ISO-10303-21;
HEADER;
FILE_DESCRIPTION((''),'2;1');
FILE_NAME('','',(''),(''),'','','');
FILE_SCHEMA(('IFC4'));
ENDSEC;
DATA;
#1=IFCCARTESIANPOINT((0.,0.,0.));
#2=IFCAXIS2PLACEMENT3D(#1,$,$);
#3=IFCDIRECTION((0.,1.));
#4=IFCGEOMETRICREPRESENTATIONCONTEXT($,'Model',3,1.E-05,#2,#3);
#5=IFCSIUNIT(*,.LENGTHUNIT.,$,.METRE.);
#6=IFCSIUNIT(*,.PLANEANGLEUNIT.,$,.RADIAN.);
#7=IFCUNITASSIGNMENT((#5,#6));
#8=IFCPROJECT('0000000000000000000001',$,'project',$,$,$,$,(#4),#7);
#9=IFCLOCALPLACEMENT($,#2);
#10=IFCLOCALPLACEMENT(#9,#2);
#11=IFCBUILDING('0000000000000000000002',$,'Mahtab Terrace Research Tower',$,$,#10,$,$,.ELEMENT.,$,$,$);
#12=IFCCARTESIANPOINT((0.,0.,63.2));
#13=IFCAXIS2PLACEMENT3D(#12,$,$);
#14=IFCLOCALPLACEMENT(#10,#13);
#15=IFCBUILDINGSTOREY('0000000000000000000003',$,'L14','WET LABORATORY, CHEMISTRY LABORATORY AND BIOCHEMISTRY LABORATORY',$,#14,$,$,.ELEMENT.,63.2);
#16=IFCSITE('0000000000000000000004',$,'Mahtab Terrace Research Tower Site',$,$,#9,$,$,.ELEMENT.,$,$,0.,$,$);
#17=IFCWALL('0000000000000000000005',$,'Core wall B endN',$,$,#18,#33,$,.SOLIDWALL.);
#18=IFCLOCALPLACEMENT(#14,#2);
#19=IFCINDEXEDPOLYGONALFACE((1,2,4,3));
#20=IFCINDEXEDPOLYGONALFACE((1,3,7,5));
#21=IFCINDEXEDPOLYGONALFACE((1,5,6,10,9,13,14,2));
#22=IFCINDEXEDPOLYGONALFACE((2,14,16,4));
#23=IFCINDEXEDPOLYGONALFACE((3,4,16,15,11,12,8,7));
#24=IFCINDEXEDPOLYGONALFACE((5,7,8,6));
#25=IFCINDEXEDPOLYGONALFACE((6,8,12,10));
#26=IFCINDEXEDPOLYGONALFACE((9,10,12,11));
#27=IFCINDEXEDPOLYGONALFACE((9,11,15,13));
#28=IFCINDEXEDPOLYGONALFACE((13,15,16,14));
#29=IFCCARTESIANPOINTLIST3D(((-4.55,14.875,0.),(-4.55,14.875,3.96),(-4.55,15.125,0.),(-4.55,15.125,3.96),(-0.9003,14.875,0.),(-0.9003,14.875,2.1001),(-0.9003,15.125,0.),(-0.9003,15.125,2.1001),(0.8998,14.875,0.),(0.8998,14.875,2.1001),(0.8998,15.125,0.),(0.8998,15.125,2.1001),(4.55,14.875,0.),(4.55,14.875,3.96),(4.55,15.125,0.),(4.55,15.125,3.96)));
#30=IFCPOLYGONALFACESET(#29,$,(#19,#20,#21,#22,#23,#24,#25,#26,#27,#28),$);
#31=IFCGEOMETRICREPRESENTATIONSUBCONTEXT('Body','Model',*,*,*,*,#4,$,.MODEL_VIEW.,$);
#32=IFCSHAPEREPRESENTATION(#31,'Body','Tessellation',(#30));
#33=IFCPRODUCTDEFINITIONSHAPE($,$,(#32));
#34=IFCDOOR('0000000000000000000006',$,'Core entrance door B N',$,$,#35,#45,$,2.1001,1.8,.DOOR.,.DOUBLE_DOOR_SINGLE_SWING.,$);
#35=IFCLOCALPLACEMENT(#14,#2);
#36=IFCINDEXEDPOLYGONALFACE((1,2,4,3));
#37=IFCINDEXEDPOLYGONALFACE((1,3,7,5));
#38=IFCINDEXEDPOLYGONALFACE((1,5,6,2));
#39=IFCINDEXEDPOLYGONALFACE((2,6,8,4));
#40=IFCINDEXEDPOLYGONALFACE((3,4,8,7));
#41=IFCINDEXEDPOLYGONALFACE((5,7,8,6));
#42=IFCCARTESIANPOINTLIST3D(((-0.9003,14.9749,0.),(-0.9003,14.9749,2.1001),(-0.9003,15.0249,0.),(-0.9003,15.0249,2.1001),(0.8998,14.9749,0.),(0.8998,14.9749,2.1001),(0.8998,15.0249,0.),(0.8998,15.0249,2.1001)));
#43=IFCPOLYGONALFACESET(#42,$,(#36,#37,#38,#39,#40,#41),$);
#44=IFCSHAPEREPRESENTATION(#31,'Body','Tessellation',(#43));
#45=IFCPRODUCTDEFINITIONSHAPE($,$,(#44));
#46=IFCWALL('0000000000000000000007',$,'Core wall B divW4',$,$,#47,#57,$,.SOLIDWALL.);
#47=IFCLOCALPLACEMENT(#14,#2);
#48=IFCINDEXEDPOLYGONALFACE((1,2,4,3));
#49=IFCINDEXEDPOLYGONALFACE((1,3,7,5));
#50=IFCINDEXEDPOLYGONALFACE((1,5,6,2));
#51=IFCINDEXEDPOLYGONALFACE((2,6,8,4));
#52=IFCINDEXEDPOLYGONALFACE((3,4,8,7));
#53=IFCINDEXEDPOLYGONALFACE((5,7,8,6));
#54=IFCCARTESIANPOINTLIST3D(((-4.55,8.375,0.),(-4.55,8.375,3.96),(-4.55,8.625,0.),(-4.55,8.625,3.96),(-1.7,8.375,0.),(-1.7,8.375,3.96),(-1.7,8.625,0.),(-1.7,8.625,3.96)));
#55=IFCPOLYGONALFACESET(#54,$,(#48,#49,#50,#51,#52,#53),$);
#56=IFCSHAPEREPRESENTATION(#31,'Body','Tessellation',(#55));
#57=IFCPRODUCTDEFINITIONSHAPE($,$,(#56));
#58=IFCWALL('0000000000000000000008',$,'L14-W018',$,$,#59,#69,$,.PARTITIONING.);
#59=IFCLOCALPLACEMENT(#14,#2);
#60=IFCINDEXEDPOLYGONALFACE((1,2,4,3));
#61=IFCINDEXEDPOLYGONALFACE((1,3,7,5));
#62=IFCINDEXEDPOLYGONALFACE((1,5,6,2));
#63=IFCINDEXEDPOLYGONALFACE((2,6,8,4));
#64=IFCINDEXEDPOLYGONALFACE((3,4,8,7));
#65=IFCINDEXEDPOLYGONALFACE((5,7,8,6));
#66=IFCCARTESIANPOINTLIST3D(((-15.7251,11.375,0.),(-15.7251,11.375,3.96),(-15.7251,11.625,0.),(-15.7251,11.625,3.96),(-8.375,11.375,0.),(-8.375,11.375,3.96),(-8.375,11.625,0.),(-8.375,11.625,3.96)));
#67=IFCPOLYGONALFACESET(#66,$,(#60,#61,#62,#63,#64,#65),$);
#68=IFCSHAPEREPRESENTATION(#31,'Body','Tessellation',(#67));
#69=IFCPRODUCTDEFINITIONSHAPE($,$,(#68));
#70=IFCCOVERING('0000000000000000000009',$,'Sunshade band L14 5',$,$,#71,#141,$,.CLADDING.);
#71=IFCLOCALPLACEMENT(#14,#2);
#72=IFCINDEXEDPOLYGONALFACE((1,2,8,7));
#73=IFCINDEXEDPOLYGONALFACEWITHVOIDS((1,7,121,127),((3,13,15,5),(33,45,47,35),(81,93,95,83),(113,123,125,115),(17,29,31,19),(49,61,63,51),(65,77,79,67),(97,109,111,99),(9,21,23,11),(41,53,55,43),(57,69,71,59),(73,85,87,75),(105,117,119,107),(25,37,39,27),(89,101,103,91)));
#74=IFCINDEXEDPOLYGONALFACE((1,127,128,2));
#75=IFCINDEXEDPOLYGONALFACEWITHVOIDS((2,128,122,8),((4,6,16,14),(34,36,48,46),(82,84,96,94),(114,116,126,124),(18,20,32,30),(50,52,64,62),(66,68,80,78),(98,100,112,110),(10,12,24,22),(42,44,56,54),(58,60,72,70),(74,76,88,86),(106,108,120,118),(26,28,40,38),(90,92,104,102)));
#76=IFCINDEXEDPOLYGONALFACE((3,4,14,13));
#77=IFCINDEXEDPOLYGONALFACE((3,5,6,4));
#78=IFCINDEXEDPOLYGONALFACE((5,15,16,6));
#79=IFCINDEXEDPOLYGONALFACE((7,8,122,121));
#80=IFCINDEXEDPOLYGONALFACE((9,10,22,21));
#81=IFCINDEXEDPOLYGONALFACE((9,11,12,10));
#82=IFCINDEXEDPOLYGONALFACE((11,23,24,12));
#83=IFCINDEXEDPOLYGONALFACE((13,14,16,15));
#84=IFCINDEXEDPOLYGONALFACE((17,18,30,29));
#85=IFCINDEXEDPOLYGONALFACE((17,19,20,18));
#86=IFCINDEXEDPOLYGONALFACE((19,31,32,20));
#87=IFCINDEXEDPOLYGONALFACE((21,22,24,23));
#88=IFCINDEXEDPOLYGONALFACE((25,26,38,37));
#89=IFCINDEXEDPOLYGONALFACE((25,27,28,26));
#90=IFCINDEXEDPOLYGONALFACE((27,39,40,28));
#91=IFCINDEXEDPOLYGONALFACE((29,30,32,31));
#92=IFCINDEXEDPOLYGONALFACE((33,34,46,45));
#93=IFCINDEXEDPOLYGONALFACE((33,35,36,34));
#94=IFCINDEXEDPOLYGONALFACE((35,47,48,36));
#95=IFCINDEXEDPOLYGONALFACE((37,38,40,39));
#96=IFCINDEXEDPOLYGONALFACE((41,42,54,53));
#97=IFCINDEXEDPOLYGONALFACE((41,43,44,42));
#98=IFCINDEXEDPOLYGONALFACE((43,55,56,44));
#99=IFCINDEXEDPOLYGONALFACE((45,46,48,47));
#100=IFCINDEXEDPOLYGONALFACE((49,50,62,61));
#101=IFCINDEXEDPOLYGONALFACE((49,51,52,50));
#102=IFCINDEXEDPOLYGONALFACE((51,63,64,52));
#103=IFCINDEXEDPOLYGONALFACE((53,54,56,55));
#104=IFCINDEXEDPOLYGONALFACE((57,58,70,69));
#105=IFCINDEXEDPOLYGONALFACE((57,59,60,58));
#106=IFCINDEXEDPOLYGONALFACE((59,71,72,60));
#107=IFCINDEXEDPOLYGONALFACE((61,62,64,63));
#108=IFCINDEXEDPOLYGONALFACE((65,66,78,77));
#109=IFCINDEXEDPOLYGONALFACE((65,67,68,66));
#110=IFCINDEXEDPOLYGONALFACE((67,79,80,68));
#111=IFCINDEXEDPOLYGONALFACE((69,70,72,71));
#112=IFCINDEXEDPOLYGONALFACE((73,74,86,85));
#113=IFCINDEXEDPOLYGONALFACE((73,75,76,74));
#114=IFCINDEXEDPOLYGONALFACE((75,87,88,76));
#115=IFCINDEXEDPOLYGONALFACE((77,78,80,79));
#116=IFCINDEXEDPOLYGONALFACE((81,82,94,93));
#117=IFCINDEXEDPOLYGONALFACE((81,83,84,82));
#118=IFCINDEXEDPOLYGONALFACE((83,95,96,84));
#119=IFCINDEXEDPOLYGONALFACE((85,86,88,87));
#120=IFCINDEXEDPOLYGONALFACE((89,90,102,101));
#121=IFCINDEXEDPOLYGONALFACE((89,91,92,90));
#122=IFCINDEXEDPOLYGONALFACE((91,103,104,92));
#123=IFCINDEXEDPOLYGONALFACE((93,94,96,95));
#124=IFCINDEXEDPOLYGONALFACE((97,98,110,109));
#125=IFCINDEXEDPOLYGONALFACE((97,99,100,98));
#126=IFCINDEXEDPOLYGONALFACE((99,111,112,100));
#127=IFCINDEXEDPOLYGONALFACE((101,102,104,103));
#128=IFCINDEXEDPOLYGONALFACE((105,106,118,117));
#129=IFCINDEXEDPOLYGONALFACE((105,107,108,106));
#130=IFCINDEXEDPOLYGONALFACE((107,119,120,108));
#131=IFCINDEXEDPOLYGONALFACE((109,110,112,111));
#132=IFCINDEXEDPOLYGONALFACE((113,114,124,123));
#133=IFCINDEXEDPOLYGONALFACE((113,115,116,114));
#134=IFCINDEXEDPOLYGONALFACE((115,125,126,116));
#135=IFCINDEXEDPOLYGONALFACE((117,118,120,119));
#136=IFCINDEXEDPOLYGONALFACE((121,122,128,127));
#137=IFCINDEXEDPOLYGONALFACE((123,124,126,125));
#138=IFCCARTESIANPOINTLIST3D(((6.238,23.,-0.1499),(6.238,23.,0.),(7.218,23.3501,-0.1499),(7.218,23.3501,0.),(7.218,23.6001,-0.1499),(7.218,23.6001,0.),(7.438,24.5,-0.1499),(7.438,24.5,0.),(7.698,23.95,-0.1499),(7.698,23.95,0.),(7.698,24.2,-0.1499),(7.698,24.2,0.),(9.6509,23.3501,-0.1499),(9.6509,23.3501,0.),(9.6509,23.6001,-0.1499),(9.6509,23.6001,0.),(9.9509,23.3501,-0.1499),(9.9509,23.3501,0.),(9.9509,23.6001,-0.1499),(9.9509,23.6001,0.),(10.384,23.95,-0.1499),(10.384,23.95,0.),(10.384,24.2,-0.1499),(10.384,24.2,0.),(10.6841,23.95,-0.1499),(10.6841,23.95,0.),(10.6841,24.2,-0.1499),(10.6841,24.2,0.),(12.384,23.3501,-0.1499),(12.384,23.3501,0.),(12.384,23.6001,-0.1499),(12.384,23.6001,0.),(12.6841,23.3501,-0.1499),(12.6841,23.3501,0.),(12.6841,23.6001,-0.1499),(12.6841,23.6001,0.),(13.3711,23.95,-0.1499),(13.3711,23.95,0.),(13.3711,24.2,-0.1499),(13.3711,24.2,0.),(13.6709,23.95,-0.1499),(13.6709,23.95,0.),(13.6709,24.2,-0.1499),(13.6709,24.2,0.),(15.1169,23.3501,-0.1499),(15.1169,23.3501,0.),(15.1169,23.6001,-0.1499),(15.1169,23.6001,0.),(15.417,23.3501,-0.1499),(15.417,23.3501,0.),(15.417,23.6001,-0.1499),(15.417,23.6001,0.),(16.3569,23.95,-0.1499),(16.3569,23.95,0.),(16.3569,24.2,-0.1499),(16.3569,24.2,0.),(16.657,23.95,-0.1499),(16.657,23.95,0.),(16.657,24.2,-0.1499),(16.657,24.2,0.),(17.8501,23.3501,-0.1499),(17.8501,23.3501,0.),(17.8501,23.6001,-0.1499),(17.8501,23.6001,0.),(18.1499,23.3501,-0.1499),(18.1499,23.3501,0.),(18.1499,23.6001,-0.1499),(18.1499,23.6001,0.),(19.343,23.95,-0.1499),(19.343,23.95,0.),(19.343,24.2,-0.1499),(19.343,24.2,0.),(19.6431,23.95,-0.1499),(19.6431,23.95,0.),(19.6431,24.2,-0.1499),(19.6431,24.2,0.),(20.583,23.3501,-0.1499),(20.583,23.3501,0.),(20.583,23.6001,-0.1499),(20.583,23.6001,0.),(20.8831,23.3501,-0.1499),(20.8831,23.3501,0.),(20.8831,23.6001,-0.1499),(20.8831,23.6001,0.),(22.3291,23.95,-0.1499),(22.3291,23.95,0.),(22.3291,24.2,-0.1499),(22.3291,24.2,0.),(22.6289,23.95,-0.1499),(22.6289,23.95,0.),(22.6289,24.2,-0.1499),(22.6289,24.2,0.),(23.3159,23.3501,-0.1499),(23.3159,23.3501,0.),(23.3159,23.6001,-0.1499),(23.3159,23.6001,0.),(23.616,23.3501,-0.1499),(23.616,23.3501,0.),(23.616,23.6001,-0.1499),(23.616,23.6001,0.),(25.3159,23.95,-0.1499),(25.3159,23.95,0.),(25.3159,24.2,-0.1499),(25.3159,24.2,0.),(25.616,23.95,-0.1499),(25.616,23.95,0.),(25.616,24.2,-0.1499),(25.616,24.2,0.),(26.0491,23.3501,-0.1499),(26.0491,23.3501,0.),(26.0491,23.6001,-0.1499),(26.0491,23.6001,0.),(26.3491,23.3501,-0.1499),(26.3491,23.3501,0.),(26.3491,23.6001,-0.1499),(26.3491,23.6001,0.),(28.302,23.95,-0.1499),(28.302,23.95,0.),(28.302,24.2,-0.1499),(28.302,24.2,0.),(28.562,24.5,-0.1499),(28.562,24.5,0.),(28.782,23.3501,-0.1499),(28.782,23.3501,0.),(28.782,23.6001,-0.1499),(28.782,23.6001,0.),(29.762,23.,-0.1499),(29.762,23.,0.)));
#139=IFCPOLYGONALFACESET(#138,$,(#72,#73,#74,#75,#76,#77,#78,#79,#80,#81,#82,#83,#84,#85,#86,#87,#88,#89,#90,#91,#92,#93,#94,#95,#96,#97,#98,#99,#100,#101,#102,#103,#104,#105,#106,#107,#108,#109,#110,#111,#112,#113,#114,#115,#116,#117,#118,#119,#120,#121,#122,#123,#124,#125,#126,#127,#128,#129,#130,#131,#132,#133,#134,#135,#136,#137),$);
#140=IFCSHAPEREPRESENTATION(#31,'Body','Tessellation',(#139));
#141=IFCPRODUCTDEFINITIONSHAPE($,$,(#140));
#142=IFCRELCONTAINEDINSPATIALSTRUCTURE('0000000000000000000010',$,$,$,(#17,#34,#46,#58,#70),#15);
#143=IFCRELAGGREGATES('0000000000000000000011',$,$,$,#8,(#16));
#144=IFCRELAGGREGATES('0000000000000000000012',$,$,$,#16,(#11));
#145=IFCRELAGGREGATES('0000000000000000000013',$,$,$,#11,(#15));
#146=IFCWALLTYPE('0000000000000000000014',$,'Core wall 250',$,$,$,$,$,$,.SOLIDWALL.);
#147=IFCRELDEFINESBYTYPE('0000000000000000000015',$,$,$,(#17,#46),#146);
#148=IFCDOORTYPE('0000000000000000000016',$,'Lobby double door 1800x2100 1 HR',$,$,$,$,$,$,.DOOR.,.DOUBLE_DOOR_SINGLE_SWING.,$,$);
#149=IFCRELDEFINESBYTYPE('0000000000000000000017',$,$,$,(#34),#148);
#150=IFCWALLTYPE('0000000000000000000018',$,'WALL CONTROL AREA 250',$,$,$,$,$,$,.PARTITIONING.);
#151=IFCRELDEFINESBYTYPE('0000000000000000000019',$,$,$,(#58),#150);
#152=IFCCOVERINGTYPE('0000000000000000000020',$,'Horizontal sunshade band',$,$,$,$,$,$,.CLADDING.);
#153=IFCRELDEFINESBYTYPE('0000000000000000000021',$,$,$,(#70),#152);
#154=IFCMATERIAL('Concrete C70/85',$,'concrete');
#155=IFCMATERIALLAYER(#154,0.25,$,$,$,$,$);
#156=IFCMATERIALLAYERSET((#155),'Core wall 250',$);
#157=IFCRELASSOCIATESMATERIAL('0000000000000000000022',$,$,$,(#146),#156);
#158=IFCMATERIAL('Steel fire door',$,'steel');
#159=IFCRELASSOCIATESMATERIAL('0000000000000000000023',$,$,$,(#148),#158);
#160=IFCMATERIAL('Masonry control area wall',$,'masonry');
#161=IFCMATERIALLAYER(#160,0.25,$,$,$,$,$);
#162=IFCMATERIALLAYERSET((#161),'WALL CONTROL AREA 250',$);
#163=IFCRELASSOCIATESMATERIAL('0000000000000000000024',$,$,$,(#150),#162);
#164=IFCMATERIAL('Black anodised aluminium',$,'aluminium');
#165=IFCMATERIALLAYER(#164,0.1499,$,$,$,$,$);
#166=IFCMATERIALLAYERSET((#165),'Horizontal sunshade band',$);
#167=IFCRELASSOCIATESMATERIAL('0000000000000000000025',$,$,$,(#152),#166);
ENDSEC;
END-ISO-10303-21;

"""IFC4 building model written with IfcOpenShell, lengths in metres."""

from ifc_helpers import new_model, si_unit, direction, frame, frame_2d, origin, place, context, subcontext, project, spatial, polyline, rectangle, outline, extrude, material, layer, layer_set, type_object, element, fill, save


model = new_model("IFC4")

# Units and contexts
model_context = context("Model", 3, precision=1e-05, world=origin(), true_north=direction((0.0, 1.0)))
body_context = subcontext(model_context, "Body", "Model", "MODEL_VIEW")
ifc_project = project(units=[si_unit("LENGTHUNIT", "METRE"), si_unit("PLANEANGLEUNIT", "RADIAN")], contexts=[model_context])

# Site, building, storey
site_placement = place(None, origin())
site = spatial("IfcSite", under=ifc_project, at=site_placement, Name="Mahtab Terrace Research Tower Site", CompositionType="ELEMENT", RefElevation=0.0)
building_placement = place(site_placement, origin())
building = spatial("IfcBuilding", under=site, at=building_placement, Name="Mahtab Terrace Research Tower", CompositionType="ELEMENT")
storey_placement = place(building_placement, frame((0.0, 0.0, 63.2)))
storey = spatial("IfcBuildingStorey", under=building, at=storey_placement, Name="L14", Description="WET LABORATORY, CHEMISTRY LABORATORY AND BIOCHEMISTRY LABORATORY", CompositionType="ELEMENT", Elevation=63.2)

# Shared definitions
ifc_material_1 = material(Name="Concrete C70/85", Category="concrete")

# Wall, opening, door
ifc_layer_1 = layer(ifc_material_1, 0.25)
ifc_layer_set_1 = layer_set([ifc_layer_1], Name="Core wall 250")
wall_type_1 = type_object("IfcWallType", Name="Core wall 250", PredefinedType="SOLIDWALL", material=ifc_layer_set_1)
wall_1_placement = place(storey_placement, frame((-4.55, 15.0, 0.0), z_axis=(0.0, 0.0, 1.0), x_axis=(1.0, 0.0, 0.0)))
wall_1 = element("IfcWall", 1, at=wall_1_placement, inside=storey, type_object=wall_type_1, Name="Core wall B endN", PredefinedType="SOLIDWALL", context=body_context, shape_type="SweptSolid", body=[
    extrude(rectangle(XDim=9.1001, YDim=0.25, at=frame_2d((4.55, 0.0))), origin(), (0.0, 0.0, 1.0), 3.96),
])
opening_placement = place(wall_1_placement, frame((3.6499, 0.0, 0.0)))
opening = element("IfcOpeningElement", 2, at=opening_placement, cuts=wall_1, PredefinedType="OPENING", context=body_context, shape_type="SweptSolid", body=[
    extrude(rectangle(XDim=1.8, YDim=2.1001, at=frame_2d((0.8999, 1.05))), frame((0.0, 0.135, 0.0), z_axis=(0.0, -1.0, 0.0), x_axis=(1.0, 0.0, 0.0)), (0.0, 0.0, 1.0), 0.27),
])
ifc_material_2 = material(Name="Steel fire door", Category="steel")
door_type = type_object("IfcDoorType", Name="Lobby double door 1800x2100 1 HR", OperationType="DOUBLE_DOOR_SINGLE_SWING", PredefinedType="DOOR", material=ifc_material_2)
door_placement = place(opening_placement, origin())
door = element("IfcDoor", 3, at=door_placement, inside=storey, type_object=door_type, Name="Core entrance door B N", OperationType="DOUBLE_DOOR_SINGLE_SWING", OverallHeight=2.1001, OverallWidth=1.8, PredefinedType="DOOR", context=body_context, shape_type="SweptSolid", body=[
    extrude(rectangle(XDim=1.8, YDim=2.1001, at=frame_2d((0.8999, 1.05))), frame((0.0, 0.0249, 0.0), z_axis=(0.0, -1.0, 0.0), x_axis=(1.0, 0.0, 0.0)), (0.0, 0.0, 1.0), 0.05),
])
fill(opening, door)

# Walls
wall_2_placement = place(storey_placement, frame((-4.55, 8.5, 0.0), z_axis=(0.0, 0.0, 1.0), x_axis=(1.0, 0.0, 0.0)))
element("IfcWall", 4, at=wall_2_placement, inside=storey, type_object=wall_type_1, Name="Core wall B divW4", PredefinedType="SOLIDWALL", context=body_context, shape_type="SweptSolid", body=[
    extrude(rectangle(XDim=2.8501, YDim=0.25, at=frame_2d((1.425, 0.0))), origin(), (0.0, 0.0, 1.0), 3.96),
])
ifc_material_3 = material(Name="Masonry control area wall", Category="masonry")
ifc_layer_2 = layer(ifc_material_3, 0.25)
ifc_layer_set_2 = layer_set([ifc_layer_2], Name="WALL CONTROL AREA 250")
wall_type_2 = type_object("IfcWallType", Name="WALL CONTROL AREA 250", PredefinedType="PARTITIONING", material=ifc_layer_set_2)
wall_3_placement = place(storey_placement, frame((-15.7251, 11.5, 0.0), z_axis=(0.0, 0.0, 1.0), x_axis=(1.0, 0.0, 0.0)))
element("IfcWall", 5, at=wall_3_placement, inside=storey, type_object=wall_type_2, Name="L14-W018", PredefinedType="PARTITIONING", context=body_context, shape_type="SweptSolid", body=[
    extrude(rectangle(XDim=7.3501, YDim=0.25, at=frame_2d((3.675, 0.0))), origin(), (0.0, 0.0, 1.0), 3.96),
])

# Covering
ifc_material_4 = material(Name="Black anodised aluminium", Category="aluminium")
ifc_layer_3 = layer(ifc_material_4, 0.1499)
ifc_layer_set_3 = layer_set([ifc_layer_3], Name="Horizontal sunshade band")
covering_type = type_object("IfcCoveringType", Name="Horizontal sunshade band", PredefinedType="CLADDING", material=ifc_layer_set_3)
covering_1_placement = place(storey_placement, frame((0.0, 0.0, -0.1499)))
element("IfcCovering", 6, at=covering_1_placement, inside=storey, type_object=covering_type, Name="Sunshade band L14 5", PredefinedType="CLADDING", context=body_context, shape_type="SweptSolid", body=[
    extrude(outline(polyline([(29.762, 23.0), (6.238, 23.0), (7.438, 24.5), (28.562, 24.5), (29.762, 23.0)]), holes=[polyline([(28.782, 23.3501), (26.3491, 23.3501), (26.3491, 23.6001), (28.782, 23.6001), (28.782, 23.3501)]), polyline([(26.0491, 23.3501), (23.616, 23.3501), (23.616, 23.6001), (26.0491, 23.6001), (26.0491, 23.3501)]), polyline([(23.3159, 23.3501), (20.8831, 23.3501), (20.8831, 23.6001), (23.3159, 23.6001), (23.3159, 23.3501)]), polyline([(20.583, 23.3501), (18.1499, 23.3501), (18.1499, 23.6001), (20.583, 23.6001), (20.583, 23.3501)]), polyline([(17.8501, 23.3501), (15.417, 23.3501), (15.417, 23.6001), (17.8501, 23.6001), (17.8501, 23.3501)]), polyline([(15.1169, 23.3501), (12.6841, 23.3501), (12.6841, 23.6001), (15.1169, 23.6001), (15.1169, 23.3501)]), polyline([(12.384, 23.3501), (9.9509, 23.3501), (9.9509, 23.6001), (12.384, 23.6001), (12.384, 23.3501)]), polyline([(9.6509, 23.3501), (7.218, 23.3501), (7.218, 23.6001), (9.6509, 23.6001), (9.6509, 23.3501)]), polyline([(28.302, 23.95), (25.616, 23.95), (25.616, 24.2), (28.302, 24.2), (28.302, 23.95)]), polyline([(25.3159, 23.95), (22.6289, 23.95), (22.6289, 24.2), (25.3159, 24.2), (25.3159, 23.95)]), polyline([(22.3291, 23.95), (19.6431, 23.95), (19.6431, 24.2), (22.3291, 24.2), (22.3291, 23.95)]), polyline([(19.343, 23.95), (16.657, 23.95), (16.657, 24.2), (19.343, 24.2), (19.343, 23.95)]), polyline([(16.3569, 23.95), (13.6709, 23.95), (13.6709, 24.2), (16.3569, 24.2), (16.3569, 23.95)]), polyline([(13.3711, 23.95), (10.6841, 23.95), (10.6841, 24.2), (13.3711, 24.2), (13.3711, 23.95)]), polyline([(10.384, 23.95), (7.698, 23.95), (7.698, 24.2), (10.384, 24.2), (10.384, 23.95)])]), origin(), (0.0, 0.0, 1.0), 0.1499),
])

save(model, "model.ifc")
